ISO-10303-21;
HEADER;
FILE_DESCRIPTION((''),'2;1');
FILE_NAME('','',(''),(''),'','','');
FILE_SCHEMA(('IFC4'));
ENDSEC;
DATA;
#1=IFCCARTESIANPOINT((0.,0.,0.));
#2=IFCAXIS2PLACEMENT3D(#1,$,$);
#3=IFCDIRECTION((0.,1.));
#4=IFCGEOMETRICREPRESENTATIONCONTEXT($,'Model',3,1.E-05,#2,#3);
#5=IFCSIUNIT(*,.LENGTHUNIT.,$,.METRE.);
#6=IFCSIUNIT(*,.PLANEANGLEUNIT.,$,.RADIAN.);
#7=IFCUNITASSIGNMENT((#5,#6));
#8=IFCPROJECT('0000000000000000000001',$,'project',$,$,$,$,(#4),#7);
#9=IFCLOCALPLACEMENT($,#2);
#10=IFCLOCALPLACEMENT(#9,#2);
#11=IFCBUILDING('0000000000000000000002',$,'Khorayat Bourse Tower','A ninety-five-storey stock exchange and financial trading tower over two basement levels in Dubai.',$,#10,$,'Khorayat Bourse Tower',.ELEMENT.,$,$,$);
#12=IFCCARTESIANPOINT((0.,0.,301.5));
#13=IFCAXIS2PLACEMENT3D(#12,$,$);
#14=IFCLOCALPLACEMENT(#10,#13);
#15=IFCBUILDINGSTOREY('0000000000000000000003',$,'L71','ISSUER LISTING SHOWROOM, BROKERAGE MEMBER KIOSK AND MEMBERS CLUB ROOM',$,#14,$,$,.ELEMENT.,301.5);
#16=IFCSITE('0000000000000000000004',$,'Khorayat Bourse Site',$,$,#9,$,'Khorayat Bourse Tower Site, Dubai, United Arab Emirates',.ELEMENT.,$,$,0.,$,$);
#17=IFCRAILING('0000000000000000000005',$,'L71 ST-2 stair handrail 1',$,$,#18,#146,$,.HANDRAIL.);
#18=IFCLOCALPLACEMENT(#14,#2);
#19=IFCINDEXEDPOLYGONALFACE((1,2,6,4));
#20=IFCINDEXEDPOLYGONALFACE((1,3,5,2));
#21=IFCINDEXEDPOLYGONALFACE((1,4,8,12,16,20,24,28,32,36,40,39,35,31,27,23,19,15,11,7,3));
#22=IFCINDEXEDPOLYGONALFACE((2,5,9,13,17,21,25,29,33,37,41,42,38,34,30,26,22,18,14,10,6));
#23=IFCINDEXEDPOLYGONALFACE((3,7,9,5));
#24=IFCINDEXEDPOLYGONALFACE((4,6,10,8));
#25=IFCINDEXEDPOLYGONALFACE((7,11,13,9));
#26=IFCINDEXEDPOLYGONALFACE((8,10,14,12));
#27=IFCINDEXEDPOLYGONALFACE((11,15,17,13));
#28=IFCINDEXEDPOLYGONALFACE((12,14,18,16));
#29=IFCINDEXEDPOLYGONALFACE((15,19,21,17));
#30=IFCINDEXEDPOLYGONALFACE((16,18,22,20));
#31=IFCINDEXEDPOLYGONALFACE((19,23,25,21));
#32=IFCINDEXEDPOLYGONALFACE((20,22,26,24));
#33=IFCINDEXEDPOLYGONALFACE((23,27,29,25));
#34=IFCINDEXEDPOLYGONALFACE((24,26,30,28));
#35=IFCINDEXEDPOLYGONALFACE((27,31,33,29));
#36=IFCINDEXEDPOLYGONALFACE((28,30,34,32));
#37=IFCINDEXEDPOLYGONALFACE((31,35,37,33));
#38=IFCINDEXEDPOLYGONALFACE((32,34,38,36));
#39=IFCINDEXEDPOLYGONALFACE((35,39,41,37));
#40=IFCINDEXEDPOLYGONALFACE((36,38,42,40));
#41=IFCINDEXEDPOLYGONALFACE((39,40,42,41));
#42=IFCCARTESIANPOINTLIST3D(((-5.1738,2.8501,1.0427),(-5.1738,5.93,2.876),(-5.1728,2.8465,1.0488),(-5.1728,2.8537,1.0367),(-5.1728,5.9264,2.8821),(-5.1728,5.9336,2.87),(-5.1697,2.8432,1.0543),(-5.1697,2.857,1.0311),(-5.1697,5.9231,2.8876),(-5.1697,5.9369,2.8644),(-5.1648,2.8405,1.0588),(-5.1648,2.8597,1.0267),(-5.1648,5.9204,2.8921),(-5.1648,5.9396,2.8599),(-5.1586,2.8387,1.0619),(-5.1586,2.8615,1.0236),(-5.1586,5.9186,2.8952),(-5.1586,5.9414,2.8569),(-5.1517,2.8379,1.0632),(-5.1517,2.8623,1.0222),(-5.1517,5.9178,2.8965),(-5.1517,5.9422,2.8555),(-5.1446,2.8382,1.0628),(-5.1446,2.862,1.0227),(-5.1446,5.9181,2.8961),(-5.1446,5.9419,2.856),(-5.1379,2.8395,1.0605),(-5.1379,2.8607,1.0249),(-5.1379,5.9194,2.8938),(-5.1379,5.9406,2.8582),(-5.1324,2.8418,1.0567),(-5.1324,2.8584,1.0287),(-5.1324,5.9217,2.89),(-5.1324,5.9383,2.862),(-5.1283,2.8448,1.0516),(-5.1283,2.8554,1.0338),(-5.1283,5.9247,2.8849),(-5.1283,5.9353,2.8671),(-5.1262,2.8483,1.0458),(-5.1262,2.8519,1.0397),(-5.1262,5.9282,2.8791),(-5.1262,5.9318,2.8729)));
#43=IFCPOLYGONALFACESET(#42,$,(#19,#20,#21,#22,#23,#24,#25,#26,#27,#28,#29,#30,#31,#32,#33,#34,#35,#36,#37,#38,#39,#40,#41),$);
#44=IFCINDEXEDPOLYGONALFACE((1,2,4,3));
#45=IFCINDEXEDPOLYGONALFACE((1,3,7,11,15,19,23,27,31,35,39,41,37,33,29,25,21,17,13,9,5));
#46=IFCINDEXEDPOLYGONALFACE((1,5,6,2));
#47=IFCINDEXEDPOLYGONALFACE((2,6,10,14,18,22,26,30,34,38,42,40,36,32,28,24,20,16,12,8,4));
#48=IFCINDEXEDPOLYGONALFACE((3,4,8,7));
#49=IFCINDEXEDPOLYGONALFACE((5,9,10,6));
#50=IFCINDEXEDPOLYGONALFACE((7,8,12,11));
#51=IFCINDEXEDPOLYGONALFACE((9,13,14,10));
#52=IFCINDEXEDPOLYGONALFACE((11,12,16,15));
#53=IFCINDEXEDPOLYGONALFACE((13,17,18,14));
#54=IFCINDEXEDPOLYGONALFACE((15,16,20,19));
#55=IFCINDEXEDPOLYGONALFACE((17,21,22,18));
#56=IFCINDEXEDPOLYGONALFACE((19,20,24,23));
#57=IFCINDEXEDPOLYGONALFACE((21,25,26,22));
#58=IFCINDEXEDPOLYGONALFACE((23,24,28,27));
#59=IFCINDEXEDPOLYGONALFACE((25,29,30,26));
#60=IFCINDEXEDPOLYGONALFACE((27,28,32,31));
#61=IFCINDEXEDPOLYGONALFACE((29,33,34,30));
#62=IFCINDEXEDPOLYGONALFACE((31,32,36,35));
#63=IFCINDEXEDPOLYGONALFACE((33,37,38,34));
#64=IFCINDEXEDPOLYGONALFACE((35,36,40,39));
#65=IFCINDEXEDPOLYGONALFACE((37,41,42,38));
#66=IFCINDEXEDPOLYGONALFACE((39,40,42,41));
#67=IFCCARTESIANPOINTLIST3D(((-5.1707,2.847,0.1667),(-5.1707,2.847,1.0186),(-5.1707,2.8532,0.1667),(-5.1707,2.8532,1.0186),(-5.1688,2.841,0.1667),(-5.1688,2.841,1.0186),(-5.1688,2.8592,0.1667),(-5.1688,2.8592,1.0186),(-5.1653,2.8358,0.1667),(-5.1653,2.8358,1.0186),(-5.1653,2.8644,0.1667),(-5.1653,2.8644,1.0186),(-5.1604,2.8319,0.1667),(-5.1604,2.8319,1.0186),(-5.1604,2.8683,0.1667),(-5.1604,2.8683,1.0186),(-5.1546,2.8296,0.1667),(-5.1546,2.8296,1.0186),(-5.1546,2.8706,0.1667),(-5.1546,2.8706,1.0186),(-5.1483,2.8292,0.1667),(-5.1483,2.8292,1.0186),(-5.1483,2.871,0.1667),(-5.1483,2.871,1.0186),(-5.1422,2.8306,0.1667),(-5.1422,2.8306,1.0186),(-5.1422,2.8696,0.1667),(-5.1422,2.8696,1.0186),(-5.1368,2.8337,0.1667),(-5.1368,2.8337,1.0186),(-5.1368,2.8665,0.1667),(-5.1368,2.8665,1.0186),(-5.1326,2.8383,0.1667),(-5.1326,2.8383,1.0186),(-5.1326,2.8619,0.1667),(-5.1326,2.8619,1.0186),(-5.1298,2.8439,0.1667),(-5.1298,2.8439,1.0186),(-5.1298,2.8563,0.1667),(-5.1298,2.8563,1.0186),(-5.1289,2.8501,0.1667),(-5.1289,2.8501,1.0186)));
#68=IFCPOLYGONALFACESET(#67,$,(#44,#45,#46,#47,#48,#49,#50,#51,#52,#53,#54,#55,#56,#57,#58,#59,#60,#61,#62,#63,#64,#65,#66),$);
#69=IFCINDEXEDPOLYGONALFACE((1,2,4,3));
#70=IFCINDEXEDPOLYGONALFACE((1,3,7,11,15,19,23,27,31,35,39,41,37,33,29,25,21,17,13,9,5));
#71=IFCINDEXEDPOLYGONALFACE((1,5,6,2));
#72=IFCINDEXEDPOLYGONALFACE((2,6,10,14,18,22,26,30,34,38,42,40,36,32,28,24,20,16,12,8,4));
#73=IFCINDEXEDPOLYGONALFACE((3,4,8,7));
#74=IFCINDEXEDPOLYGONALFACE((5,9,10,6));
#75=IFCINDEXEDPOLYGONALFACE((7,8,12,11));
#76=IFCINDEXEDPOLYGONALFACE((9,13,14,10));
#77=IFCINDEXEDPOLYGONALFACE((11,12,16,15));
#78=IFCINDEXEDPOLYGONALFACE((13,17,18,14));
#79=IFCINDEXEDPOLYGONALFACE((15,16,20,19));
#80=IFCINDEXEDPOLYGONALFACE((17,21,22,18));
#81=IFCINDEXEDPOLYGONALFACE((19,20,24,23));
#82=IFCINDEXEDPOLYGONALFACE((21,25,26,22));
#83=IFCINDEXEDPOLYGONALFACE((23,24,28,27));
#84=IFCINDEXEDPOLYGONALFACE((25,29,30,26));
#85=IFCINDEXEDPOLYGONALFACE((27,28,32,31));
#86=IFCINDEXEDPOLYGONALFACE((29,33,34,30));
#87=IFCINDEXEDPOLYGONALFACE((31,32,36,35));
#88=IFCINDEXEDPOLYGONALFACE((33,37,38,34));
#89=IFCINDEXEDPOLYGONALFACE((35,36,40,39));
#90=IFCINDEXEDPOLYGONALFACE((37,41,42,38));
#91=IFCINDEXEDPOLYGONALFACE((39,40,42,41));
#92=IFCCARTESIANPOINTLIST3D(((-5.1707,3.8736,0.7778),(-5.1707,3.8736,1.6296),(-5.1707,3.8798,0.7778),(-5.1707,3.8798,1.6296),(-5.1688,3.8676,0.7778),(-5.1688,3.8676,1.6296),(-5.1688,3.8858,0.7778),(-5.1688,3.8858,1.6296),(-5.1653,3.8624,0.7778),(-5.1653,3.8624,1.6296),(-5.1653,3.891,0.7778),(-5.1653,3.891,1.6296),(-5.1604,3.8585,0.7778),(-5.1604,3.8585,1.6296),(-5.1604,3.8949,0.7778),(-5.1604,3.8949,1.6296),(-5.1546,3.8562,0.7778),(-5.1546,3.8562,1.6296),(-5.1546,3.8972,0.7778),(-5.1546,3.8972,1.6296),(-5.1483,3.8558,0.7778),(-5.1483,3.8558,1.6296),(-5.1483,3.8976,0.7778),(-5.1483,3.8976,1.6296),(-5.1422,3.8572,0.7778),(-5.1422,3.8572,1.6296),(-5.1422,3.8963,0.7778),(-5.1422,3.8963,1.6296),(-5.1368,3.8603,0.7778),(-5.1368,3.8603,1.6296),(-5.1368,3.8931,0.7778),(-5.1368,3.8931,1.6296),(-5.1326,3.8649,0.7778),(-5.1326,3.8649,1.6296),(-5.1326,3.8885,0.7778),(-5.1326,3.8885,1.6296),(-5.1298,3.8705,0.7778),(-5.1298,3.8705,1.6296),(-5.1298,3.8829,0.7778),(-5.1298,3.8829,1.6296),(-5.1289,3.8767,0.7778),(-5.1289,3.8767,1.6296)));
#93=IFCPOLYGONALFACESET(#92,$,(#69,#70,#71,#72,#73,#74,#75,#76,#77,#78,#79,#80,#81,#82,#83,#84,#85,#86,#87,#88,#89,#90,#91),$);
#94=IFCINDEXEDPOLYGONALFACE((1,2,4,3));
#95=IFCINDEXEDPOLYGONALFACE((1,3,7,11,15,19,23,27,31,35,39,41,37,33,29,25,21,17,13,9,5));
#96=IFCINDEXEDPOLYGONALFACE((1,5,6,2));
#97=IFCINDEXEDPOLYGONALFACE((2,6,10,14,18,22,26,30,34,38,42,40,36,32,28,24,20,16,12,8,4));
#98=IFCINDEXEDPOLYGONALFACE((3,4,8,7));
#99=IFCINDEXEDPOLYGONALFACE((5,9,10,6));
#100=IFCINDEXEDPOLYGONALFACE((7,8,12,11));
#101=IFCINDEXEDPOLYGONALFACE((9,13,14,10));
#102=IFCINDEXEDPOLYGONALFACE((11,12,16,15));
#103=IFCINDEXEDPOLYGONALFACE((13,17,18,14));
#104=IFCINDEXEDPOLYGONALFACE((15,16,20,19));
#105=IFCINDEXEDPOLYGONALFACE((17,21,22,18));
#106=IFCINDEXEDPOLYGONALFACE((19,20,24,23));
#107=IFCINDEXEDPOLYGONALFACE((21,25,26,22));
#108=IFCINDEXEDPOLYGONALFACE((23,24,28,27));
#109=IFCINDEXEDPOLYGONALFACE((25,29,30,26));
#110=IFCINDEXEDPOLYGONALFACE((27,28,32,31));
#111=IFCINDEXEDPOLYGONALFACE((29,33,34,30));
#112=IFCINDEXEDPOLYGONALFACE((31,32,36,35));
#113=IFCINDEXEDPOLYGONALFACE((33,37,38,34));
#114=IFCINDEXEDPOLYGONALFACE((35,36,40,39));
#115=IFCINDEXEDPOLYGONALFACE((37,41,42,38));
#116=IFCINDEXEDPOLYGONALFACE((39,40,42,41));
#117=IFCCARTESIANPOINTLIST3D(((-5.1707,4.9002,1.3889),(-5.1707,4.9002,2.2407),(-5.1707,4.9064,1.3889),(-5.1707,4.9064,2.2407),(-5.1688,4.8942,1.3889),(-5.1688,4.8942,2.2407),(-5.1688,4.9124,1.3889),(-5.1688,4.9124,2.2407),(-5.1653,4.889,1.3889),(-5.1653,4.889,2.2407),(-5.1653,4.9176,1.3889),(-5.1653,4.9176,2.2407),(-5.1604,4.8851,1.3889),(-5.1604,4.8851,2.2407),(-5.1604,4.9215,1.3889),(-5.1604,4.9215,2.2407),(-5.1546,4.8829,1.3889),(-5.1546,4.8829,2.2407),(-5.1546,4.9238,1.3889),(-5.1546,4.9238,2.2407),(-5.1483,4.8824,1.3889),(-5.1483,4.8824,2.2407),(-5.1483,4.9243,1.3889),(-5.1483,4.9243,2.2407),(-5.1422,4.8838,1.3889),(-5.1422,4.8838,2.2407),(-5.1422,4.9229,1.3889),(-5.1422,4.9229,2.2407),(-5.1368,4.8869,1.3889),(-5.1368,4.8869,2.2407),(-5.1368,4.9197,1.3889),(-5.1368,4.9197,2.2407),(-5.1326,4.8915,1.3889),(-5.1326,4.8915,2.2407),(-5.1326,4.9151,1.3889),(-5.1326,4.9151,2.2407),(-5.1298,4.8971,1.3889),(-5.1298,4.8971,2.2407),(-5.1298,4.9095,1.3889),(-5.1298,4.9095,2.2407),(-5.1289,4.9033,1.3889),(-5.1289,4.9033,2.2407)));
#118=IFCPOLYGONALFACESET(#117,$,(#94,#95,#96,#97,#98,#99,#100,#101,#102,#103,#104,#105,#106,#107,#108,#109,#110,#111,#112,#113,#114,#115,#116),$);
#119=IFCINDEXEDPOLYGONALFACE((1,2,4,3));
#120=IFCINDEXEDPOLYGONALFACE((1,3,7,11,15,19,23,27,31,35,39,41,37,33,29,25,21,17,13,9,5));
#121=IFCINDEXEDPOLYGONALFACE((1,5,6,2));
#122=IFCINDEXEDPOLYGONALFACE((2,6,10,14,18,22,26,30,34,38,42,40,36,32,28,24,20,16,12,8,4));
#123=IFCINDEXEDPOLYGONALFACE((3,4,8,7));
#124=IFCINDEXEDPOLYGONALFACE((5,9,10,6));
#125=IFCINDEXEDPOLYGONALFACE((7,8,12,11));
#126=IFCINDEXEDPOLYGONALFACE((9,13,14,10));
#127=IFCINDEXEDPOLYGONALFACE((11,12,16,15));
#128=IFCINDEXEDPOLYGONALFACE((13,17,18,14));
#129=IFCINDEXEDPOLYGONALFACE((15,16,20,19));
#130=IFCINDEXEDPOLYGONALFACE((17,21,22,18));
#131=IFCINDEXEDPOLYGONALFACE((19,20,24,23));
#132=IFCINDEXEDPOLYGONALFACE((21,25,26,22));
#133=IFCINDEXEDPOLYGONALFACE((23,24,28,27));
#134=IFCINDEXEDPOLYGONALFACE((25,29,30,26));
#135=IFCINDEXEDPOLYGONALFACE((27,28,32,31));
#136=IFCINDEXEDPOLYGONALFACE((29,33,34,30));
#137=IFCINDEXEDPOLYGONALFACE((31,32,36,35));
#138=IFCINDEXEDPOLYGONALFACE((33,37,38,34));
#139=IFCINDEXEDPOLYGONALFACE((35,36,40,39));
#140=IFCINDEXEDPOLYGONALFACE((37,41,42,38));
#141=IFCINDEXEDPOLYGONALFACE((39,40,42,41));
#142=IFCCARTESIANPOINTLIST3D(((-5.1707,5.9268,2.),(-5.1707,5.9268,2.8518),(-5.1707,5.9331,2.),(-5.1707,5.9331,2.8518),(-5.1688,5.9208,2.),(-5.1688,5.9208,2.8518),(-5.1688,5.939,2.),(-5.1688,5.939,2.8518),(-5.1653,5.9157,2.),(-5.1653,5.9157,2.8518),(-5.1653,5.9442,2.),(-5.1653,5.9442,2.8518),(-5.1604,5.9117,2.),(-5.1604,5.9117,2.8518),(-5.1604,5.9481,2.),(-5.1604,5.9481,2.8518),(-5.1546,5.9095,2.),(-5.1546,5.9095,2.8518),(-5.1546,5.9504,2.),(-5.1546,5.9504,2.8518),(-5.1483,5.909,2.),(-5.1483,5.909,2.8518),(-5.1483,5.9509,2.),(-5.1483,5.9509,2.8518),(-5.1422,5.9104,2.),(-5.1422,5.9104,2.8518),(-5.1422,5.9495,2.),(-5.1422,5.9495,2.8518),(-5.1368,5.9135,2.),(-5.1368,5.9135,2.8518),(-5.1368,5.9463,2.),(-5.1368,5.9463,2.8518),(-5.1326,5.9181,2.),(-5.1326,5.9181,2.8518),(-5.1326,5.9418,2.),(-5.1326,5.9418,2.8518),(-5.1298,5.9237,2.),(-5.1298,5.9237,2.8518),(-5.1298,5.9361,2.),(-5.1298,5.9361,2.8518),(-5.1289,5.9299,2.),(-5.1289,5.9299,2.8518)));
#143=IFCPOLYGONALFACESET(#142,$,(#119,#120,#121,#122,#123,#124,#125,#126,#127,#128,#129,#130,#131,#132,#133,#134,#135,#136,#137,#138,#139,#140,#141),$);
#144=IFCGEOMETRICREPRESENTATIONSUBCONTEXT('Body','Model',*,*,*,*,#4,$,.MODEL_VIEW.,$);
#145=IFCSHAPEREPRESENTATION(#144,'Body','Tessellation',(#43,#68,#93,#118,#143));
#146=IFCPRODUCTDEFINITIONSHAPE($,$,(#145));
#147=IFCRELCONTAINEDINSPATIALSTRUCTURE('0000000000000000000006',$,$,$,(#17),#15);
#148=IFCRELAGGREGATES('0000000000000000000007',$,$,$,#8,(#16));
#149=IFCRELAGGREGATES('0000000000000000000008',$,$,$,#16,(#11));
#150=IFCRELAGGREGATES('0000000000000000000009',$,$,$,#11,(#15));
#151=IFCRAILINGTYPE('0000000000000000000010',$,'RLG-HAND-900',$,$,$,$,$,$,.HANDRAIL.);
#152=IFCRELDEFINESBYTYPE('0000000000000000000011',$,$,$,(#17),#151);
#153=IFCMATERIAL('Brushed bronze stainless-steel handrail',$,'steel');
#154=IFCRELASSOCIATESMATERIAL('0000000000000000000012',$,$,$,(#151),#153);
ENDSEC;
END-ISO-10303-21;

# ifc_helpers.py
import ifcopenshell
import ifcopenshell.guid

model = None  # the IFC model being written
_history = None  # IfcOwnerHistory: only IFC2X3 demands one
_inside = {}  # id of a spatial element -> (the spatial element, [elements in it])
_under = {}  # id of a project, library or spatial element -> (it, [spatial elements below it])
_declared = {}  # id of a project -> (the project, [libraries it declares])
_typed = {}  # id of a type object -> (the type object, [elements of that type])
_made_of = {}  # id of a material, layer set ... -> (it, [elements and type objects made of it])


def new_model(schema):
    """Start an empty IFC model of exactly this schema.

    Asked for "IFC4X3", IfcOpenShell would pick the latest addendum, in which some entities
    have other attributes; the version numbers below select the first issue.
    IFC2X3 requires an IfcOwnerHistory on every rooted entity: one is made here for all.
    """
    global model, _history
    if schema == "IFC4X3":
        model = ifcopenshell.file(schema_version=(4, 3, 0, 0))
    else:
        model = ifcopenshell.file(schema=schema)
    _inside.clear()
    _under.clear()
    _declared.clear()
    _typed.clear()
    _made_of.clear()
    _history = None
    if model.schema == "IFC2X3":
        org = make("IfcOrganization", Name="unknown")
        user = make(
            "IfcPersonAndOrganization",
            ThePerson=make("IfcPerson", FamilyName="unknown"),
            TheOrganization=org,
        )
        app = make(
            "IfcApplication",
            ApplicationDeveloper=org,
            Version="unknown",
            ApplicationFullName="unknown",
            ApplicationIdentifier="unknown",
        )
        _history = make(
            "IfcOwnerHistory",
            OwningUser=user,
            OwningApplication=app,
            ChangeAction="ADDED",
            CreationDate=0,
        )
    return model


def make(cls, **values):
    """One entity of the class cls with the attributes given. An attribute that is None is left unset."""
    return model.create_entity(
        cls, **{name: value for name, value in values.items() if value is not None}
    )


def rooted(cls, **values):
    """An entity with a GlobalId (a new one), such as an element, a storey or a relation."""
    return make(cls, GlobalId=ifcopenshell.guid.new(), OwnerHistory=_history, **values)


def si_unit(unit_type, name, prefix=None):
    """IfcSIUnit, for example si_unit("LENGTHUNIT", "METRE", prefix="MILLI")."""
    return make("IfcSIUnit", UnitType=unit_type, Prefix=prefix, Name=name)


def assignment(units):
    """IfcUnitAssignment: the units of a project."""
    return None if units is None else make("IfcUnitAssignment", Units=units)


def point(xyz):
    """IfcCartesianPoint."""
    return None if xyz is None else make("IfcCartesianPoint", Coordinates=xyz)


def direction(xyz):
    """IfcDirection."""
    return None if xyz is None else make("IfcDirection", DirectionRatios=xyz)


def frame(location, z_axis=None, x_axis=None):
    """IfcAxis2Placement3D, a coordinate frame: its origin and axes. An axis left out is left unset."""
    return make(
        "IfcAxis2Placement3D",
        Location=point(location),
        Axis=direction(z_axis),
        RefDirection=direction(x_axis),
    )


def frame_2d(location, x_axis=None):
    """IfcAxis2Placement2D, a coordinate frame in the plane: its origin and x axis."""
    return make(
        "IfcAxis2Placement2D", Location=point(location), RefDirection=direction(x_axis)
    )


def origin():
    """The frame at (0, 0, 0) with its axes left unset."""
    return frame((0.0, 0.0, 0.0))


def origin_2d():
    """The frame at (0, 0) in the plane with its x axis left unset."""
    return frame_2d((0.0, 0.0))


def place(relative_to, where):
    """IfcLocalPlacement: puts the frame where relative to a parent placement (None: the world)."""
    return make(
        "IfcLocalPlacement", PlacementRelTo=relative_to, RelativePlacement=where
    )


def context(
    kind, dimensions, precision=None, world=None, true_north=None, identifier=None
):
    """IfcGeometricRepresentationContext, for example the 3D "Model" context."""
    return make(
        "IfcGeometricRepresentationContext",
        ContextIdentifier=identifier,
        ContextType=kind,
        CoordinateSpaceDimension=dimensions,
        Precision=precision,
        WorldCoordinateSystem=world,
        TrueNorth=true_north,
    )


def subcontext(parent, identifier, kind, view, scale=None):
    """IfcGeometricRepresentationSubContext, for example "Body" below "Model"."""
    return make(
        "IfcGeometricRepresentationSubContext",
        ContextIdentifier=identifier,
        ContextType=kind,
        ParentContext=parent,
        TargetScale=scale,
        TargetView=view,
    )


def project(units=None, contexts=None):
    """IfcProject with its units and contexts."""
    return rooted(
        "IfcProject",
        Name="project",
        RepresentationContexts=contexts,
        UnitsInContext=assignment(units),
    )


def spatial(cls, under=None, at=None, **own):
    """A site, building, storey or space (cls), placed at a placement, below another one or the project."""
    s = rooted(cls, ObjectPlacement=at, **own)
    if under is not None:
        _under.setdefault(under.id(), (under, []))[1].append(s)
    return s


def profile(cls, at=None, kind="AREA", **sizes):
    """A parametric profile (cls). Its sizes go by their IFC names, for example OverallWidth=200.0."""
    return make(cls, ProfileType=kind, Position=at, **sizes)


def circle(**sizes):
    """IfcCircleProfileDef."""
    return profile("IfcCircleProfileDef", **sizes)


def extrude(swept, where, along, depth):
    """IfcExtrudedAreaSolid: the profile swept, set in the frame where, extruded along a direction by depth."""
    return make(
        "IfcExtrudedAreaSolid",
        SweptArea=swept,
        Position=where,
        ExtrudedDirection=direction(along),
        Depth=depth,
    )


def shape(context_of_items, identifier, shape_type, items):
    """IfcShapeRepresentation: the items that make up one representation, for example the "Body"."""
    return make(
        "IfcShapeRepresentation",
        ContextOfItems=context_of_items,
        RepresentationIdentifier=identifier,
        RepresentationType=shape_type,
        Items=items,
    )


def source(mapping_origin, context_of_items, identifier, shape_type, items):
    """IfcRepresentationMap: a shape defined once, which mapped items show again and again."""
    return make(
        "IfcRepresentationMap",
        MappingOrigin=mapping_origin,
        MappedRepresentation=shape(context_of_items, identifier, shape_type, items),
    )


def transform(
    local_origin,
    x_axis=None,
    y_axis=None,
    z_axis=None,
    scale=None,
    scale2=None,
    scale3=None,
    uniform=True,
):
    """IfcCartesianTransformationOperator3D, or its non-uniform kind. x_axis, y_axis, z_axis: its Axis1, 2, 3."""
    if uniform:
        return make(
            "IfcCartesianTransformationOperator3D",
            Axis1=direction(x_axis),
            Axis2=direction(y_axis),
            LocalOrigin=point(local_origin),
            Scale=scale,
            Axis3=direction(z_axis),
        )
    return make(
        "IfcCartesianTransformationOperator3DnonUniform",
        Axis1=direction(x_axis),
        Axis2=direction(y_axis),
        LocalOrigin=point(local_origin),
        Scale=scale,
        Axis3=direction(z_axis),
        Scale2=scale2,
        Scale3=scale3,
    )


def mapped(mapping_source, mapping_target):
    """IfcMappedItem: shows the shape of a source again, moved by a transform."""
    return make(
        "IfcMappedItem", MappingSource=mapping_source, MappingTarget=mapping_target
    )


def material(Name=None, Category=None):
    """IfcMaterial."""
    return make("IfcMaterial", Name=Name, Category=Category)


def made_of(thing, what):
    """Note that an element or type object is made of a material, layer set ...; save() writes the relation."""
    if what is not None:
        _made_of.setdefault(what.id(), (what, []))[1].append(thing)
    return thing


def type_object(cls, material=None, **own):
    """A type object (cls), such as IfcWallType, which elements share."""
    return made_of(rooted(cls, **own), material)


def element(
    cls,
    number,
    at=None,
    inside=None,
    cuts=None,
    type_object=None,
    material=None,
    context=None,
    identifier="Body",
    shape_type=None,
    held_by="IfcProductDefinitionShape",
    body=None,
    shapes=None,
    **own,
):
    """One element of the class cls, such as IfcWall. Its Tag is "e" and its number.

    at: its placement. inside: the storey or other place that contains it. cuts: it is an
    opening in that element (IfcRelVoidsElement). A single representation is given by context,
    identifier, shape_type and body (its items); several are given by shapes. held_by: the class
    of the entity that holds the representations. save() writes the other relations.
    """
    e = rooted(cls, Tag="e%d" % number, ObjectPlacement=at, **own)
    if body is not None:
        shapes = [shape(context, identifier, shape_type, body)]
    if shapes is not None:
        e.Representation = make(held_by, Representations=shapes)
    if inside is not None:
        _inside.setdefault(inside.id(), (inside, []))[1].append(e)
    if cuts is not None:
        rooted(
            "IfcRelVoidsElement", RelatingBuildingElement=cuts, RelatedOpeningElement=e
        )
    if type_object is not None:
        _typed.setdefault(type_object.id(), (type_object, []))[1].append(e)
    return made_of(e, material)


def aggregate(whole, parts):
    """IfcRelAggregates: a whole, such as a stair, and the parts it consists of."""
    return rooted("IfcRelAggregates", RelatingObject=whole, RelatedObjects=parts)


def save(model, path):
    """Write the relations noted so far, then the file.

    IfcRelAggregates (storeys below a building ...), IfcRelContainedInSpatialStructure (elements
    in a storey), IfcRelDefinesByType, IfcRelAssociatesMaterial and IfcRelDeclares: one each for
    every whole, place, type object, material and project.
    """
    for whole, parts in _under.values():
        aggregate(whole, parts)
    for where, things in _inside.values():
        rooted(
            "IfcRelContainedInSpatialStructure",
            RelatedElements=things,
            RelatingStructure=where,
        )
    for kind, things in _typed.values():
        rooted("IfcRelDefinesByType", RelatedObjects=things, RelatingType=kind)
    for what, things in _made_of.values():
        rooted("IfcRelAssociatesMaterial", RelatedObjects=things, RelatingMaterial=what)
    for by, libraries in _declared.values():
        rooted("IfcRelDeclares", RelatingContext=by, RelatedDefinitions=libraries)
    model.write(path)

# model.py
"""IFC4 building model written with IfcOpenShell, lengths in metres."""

from ifc_helpers import new_model, si_unit, direction, frame, origin, origin_2d, place, context, subcontext, project, spatial, circle, extrude, source, transform, mapped, material, type_object, element, save


model = new_model("IFC4")

# Units and contexts
model_context = context("Model", 3, precision=1e-05, world=origin(), true_north=direction((0.0, 1.0)))
body_context = subcontext(model_context, "Body", "Model", "MODEL_VIEW")
ifc_project = project(units=[si_unit("LENGTHUNIT", "METRE"), si_unit("PLANEANGLEUNIT", "RADIAN")], contexts=[model_context])

# Site, building, storey
site_placement = place(None, origin())
site = spatial("IfcSite", under=ifc_project, at=site_placement, Name="Khorayat Bourse Site", LongName="Khorayat Bourse Tower Site, Dubai, United Arab Emirates", CompositionType="ELEMENT", RefElevation=0.0)
building_placement = place(site_placement, origin())
building = spatial("IfcBuilding", under=site, at=building_placement, Name="Khorayat Bourse Tower", Description="A ninety-five-storey stock exchange and financial trading tower over two basement levels in Dubai.", LongName="Khorayat Bourse Tower", CompositionType="ELEMENT")
storey_placement = place(building_placement, frame((0.0, 0.0, 301.5)))
storey = spatial("IfcBuildingStorey", under=building, at=storey_placement, Name="L71", Description="ISSUER LISTING SHOWROOM, BROKERAGE MEMBER KIOSK AND MEMBERS CLUB ROOM", CompositionType="ELEMENT", Elevation=301.5)

# Railing
ifc_material_1 = material(Name="Brushed bronze stainless-steel handrail", Category="steel")
railing_type_1 = type_object("IfcRailingType", Name="RLG-HAND-900", PredefinedType="HANDRAIL", material=ifc_material_1)
shared_shape_1 = source(origin(), body_context, "Body", "SweptSolid", [
    extrude(circle(Radius=0.0239, at=origin_2d()), frame((0.0, 0.0, 0.876), z_axis=(0.0, 0.859291, 0.511487), x_axis=(-1.0, 0.0, 0.0)), (0.0, 0.0, 1.0), 3.5842),
    extrude(circle(Radius=0.021, at=origin_2d()), origin(), (0.0, 0.0, 1.0), 0.8518),
    extrude(circle(Radius=0.021, at=origin_2d()), frame((0.0, 1.0266, 0.6111)), (0.0, 0.0, 1.0), 0.8518),
    extrude(circle(Radius=0.021, at=origin_2d()), frame((0.0, 2.0532, 1.2222)), (0.0, 0.0, 1.0), 0.8518),
    extrude(circle(Radius=0.021, at=origin_2d()), frame((0.0, 3.0798, 1.8333)), (0.0, 0.0, 1.0), 0.8518),
])
railing_1_placement = place(storey_placement, frame((-5.1499, 2.8501, 0.1667)))
element("IfcRailing", 1, at=railing_1_placement, inside=storey, type_object=railing_type_1, Name="L71 ST-2 stair handrail 1", PredefinedType="HANDRAIL", context=body_context, shape_type="MappedRepresentation", body=[
    mapped(shared_shape_1, transform((0.0, 0.0, 0.0), scale=1.0)),
])

save(model, "model.ifc")
